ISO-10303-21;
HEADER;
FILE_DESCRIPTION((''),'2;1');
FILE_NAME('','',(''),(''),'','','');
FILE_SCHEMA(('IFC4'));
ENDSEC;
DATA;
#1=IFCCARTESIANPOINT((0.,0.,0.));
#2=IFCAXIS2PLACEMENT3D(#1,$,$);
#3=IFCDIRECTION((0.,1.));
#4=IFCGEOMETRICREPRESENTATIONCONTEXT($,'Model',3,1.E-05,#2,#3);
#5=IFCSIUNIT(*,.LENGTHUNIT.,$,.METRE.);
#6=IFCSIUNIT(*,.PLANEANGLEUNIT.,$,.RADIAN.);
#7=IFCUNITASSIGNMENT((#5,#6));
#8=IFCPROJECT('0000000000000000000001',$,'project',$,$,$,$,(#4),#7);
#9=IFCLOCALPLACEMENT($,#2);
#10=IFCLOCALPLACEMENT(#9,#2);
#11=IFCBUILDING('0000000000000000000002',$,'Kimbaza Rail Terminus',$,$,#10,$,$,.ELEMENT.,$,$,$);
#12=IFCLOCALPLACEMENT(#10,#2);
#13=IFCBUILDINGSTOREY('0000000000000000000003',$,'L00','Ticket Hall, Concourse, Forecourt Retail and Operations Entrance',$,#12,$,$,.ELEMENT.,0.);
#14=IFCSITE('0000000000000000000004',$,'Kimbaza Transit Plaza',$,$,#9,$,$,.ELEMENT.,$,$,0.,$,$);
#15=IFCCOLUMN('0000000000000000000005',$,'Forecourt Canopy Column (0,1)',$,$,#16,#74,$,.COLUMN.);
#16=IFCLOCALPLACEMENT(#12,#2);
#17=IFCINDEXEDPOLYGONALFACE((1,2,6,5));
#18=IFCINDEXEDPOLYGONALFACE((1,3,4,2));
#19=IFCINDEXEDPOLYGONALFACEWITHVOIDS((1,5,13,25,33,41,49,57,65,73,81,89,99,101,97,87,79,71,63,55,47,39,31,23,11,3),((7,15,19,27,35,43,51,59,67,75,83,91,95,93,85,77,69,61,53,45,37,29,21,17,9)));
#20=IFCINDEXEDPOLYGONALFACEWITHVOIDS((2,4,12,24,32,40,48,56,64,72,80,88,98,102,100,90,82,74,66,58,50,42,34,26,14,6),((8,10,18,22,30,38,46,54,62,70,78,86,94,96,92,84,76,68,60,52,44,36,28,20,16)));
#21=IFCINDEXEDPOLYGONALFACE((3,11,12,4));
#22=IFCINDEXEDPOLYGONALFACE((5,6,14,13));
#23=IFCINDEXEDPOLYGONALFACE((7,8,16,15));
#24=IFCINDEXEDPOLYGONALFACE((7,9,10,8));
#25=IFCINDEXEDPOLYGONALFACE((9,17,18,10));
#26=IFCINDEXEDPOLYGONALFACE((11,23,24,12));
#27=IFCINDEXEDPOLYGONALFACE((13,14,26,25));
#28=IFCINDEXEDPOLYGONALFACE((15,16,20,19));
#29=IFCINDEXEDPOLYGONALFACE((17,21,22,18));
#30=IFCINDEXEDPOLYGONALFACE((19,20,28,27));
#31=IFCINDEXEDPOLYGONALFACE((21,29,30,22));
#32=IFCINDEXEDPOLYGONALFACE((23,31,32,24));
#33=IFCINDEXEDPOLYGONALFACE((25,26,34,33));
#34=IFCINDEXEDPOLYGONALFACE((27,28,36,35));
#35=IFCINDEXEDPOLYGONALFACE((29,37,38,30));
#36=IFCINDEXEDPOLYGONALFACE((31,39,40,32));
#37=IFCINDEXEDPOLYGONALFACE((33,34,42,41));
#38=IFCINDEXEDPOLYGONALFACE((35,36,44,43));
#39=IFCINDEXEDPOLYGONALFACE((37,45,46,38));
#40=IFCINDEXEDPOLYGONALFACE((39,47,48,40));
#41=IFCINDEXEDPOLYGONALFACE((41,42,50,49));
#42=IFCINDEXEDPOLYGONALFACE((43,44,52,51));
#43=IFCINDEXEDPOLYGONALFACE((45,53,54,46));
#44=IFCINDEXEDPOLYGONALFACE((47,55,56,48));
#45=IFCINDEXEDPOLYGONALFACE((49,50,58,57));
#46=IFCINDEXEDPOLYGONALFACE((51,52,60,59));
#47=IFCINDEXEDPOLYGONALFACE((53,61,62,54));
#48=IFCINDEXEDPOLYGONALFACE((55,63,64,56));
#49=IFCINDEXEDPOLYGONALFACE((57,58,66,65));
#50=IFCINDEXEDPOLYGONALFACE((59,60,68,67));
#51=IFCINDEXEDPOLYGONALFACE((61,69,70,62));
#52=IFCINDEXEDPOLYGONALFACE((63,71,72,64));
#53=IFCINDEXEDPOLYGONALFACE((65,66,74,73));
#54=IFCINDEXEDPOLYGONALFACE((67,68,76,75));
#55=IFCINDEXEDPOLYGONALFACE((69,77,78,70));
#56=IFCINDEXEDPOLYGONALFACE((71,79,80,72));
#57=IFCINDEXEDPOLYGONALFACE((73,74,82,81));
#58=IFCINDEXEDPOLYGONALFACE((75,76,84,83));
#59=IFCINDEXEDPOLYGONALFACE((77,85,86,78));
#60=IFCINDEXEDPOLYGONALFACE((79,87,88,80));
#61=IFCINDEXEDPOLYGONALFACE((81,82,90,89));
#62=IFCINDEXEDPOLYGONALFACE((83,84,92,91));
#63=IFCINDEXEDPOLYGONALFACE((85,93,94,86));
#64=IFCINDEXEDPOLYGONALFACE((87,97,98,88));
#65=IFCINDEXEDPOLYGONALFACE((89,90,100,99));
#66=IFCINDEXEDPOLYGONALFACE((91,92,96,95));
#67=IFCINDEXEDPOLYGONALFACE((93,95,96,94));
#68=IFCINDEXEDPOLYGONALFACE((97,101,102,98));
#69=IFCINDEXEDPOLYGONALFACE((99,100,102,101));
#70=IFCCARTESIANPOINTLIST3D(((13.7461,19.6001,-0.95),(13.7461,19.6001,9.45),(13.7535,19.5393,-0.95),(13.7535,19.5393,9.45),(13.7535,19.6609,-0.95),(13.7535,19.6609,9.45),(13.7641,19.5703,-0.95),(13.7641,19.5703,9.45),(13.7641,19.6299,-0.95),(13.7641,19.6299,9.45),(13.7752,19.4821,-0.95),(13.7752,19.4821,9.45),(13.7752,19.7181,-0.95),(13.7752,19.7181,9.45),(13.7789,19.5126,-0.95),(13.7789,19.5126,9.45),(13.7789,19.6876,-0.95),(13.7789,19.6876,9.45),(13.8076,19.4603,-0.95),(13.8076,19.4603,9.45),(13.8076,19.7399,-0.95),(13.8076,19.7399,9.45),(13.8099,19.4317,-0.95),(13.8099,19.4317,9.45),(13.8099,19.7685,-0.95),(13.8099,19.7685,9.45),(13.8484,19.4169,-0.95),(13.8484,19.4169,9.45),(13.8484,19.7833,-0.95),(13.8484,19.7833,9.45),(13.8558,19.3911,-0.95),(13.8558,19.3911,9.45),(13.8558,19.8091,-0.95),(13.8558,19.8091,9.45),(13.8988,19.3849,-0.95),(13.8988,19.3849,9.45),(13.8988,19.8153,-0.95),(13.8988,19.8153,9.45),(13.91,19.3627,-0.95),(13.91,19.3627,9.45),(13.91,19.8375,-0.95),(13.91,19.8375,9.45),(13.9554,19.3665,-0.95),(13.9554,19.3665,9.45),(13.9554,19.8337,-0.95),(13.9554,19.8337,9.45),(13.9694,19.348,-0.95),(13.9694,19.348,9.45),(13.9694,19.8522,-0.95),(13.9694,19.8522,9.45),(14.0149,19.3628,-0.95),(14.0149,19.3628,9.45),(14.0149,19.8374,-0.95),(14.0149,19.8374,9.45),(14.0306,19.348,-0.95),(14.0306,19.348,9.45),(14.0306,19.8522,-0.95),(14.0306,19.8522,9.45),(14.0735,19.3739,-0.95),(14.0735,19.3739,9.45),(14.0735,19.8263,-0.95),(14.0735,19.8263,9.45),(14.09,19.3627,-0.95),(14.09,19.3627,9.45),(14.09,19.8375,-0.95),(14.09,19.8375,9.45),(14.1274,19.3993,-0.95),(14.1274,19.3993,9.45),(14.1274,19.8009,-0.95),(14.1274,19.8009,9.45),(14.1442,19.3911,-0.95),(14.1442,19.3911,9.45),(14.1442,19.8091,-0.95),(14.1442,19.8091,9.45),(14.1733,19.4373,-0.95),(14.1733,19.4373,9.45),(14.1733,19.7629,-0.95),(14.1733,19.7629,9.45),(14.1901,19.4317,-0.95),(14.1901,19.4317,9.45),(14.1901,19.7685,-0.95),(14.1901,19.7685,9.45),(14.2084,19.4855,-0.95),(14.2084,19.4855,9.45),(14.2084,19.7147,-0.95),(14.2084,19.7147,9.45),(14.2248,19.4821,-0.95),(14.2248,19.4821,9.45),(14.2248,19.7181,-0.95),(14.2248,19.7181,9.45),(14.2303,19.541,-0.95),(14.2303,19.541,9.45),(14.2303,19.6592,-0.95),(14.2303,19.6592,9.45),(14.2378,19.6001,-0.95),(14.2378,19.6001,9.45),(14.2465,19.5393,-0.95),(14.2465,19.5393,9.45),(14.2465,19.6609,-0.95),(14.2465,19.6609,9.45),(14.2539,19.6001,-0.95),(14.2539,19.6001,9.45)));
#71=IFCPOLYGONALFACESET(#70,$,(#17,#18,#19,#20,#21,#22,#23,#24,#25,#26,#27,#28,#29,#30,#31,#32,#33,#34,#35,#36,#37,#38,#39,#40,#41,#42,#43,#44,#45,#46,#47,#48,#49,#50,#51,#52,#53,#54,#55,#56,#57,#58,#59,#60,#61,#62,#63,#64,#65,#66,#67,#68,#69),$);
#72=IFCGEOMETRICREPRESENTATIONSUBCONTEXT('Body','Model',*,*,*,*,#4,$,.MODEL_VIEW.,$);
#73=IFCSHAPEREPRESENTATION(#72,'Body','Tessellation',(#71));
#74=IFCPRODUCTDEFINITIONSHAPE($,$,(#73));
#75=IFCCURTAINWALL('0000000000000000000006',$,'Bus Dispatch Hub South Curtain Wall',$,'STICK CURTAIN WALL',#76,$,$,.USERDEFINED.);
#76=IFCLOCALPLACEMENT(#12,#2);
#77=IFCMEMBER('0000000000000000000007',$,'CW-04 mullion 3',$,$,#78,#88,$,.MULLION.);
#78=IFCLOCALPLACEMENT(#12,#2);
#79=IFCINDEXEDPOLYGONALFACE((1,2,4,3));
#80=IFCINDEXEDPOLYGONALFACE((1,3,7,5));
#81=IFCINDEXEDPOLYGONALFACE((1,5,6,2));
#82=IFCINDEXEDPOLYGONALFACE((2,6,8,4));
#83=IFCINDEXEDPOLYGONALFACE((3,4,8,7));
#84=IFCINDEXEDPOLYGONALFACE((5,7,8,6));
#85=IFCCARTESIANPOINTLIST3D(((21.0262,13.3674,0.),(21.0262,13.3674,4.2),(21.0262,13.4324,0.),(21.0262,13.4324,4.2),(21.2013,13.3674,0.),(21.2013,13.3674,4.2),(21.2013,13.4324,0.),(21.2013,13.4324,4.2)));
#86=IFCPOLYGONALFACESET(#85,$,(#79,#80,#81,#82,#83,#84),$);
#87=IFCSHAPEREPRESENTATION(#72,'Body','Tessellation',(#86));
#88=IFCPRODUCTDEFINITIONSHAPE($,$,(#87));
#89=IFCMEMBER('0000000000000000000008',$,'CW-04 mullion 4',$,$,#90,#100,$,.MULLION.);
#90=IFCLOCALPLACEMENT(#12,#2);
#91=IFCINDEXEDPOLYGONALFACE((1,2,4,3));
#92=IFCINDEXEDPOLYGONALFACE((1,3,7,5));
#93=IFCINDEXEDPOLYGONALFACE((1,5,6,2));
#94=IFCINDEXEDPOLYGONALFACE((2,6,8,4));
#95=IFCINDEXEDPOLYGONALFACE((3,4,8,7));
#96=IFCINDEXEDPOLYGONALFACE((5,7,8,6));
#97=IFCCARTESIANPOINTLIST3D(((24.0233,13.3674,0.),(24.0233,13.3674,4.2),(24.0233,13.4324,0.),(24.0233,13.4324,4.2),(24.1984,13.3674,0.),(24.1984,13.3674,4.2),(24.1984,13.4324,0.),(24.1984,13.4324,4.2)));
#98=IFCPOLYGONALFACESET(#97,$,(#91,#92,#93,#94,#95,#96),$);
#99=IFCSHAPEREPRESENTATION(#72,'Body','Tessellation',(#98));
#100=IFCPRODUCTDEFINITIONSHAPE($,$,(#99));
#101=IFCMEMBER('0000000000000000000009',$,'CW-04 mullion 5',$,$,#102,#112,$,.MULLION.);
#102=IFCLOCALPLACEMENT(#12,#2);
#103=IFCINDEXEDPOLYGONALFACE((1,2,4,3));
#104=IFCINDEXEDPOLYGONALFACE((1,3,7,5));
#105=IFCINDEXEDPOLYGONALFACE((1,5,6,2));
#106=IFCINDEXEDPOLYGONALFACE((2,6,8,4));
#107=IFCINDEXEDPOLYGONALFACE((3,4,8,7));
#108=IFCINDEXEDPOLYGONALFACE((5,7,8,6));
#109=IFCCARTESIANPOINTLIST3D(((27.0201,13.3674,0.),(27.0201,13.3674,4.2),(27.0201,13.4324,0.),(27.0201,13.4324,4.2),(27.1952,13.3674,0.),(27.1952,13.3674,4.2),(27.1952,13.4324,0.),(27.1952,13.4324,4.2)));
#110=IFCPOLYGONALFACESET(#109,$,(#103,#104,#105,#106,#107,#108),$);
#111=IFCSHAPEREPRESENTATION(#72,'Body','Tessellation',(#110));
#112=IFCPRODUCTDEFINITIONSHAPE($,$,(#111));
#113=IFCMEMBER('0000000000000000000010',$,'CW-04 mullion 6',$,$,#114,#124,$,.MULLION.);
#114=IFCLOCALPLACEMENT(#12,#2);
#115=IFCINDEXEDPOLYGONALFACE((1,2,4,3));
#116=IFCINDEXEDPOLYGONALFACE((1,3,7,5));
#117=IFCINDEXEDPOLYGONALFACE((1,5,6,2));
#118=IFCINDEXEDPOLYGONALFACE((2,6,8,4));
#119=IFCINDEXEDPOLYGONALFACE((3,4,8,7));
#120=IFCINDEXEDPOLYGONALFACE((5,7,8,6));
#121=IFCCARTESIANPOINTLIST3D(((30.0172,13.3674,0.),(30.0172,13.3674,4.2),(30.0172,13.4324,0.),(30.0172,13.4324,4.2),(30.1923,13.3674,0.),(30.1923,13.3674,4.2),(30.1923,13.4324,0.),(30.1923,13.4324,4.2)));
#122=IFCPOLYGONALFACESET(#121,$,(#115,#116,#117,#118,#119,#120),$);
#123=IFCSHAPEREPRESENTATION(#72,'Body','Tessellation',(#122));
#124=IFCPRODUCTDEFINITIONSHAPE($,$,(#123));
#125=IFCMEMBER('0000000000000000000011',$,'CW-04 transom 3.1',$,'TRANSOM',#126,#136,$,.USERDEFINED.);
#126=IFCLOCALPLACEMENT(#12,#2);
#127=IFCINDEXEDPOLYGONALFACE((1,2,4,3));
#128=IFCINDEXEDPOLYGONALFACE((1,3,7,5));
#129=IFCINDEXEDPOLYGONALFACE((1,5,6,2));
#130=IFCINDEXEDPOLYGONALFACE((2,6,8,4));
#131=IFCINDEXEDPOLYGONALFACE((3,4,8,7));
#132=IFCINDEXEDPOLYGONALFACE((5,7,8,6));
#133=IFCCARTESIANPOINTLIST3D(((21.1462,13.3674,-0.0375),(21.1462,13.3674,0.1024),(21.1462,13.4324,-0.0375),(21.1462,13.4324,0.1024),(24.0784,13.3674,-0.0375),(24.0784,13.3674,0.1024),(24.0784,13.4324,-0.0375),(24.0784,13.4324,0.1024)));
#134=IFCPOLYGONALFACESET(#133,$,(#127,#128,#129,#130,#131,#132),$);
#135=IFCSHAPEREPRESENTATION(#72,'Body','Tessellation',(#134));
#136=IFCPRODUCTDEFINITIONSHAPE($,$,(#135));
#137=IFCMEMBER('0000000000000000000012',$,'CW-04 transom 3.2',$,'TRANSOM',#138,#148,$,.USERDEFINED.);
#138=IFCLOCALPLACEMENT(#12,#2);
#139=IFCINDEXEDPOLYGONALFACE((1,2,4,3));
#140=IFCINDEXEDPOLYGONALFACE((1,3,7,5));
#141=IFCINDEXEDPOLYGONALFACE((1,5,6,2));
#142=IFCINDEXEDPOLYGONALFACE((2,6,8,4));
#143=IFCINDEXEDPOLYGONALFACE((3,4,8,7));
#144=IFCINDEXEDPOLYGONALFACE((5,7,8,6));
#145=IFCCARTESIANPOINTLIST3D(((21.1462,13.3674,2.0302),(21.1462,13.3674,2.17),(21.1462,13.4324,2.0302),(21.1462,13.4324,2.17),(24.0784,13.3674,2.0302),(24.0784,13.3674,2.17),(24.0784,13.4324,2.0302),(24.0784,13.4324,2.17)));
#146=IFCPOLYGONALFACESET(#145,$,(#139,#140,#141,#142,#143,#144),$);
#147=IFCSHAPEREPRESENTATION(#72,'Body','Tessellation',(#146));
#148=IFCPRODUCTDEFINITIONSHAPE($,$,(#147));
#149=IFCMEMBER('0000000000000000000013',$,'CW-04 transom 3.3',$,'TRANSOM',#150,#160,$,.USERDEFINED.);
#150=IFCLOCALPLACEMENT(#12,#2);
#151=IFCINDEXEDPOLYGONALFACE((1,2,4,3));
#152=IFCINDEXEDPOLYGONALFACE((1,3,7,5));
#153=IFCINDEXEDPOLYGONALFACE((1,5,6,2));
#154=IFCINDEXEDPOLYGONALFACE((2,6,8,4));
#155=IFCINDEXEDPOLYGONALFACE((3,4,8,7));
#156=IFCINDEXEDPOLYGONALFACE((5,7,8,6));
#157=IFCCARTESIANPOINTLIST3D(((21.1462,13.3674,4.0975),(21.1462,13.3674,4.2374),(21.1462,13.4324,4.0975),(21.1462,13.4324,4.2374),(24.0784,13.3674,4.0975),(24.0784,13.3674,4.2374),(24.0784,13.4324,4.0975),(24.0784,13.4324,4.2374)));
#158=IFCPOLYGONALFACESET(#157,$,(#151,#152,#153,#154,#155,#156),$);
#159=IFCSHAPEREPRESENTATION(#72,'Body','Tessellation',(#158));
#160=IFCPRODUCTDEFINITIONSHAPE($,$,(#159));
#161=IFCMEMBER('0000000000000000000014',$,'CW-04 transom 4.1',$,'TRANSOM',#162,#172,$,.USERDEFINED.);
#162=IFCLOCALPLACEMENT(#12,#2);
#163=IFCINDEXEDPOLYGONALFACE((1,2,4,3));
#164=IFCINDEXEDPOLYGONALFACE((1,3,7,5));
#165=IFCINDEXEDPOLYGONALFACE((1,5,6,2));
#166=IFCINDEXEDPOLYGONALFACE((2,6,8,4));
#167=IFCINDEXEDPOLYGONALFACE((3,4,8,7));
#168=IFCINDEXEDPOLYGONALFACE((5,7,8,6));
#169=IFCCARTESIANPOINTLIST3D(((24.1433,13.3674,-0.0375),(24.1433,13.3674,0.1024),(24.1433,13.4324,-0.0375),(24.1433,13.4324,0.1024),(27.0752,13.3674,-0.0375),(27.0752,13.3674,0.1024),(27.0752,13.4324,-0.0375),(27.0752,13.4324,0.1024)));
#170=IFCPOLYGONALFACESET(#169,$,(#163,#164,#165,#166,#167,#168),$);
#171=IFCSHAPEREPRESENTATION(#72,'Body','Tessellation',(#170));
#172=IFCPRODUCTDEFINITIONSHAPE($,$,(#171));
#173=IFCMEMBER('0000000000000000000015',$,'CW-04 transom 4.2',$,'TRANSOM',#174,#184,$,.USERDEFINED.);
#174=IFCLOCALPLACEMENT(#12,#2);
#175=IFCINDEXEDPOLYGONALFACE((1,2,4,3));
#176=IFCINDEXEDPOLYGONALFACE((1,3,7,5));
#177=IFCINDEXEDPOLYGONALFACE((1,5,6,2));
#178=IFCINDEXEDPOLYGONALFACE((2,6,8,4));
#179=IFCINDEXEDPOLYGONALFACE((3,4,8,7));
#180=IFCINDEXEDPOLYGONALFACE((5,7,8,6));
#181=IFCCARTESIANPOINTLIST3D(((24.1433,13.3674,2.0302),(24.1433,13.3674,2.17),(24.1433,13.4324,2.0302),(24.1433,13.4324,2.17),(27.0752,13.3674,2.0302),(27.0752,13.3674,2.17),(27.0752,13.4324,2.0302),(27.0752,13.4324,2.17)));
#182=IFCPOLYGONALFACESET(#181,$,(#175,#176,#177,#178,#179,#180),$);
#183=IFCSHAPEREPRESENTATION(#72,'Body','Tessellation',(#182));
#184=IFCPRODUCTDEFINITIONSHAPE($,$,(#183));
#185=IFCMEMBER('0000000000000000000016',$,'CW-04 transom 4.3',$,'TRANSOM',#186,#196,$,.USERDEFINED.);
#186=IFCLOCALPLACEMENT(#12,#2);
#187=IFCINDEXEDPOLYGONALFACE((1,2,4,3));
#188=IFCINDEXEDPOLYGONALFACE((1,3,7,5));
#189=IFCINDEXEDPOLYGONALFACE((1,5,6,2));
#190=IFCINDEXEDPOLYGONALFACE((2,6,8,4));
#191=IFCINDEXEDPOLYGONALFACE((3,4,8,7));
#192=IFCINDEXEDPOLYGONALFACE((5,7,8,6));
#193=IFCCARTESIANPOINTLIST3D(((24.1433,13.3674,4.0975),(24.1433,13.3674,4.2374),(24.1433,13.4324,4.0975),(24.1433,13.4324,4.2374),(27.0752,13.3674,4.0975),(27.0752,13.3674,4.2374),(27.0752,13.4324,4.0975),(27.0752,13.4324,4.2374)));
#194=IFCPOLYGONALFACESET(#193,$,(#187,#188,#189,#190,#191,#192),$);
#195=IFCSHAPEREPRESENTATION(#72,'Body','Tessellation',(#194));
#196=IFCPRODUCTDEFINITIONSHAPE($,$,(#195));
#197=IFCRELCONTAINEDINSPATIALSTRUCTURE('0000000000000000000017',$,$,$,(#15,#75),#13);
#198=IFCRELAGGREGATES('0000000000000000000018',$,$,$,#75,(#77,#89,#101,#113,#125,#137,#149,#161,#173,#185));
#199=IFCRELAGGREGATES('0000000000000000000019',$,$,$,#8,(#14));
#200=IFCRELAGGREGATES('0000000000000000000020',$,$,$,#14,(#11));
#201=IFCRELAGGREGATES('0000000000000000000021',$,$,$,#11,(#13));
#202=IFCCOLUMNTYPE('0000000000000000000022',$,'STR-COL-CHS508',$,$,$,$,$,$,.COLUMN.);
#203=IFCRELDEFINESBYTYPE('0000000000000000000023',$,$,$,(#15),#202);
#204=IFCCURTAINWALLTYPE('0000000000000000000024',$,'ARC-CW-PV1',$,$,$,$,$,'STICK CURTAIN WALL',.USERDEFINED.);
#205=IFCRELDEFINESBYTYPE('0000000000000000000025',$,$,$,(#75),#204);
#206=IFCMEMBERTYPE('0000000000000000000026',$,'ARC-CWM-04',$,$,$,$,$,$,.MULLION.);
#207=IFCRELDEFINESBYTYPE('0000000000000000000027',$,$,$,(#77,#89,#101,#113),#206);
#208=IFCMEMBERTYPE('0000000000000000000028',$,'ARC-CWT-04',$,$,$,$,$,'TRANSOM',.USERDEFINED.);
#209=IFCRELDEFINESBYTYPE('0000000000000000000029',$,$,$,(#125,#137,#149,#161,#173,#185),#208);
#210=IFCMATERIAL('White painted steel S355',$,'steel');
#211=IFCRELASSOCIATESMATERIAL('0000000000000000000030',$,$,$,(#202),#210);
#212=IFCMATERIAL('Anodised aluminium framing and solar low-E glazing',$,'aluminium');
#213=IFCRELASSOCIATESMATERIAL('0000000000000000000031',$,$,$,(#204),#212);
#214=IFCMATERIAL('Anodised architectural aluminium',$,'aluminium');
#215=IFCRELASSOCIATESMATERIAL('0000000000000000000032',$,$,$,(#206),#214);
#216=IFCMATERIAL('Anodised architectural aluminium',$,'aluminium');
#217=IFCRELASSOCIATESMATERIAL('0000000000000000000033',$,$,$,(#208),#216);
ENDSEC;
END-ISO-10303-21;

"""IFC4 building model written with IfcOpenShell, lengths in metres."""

from ifc_helpers import new_model, si_unit, direction, frame, origin, origin_2d, place, context, subcontext, project, spatial, rectangle, hollow_circle, extrude, material, material_profile, profile_set, type_object, element, aggregate, save


model = new_model("IFC4")

# Units and contexts
model_context = context("Model", 3, precision=1e-05, world=origin(), true_north=direction((0.0, 1.0)))
body_context = subcontext(model_context, "Body", "Model", "MODEL_VIEW")
ifc_project = project(units=[si_unit("LENGTHUNIT", "METRE"), si_unit("PLANEANGLEUNIT", "RADIAN")], contexts=[model_context])

# Site, building, storey
site_placement = place(None, origin())
site = spatial("IfcSite", under=ifc_project, at=site_placement, Name="Kimbaza Transit Plaza", CompositionType="ELEMENT", RefElevation=0.0)
building_placement = place(site_placement, origin())
building = spatial("IfcBuilding", under=site, at=building_placement, Name="Kimbaza Rail Terminus", CompositionType="ELEMENT")
storey_placement = place(building_placement, origin())
storey = spatial("IfcBuildingStorey", under=building, at=storey_placement, Name="L00", Description="Ticket Hall, Concourse, Forecourt Retail and Operations Entrance", CompositionType="ELEMENT", Elevation=0.0)

# Column
ifc_material_1 = material(Name="White painted steel S355", Category="steel")
ifc_material_profile_1 = material_profile(ifc_material_1, hollow_circle(Radius=0.2539, WallThickness=0.0161, at=origin_2d()), Name="CHS 508x16")
ifc_profile_set_1 = profile_set([ifc_material_profile_1], Name="White painted steel S355")
column_type = type_object("IfcColumnType", Name="STR-COL-CHS508", PredefinedType="COLUMN", material=ifc_profile_set_1)
column_placement = place(storey_placement, frame((14.0, 19.6001, -0.95), z_axis=(0.0, 0.0, 1.0), x_axis=(1.0, 0.0, 0.0)))
element("IfcColumn", 1, at=column_placement, inside=storey, type_object=column_type, Name="Forecourt Canopy Column (0,1)", PredefinedType="COLUMN", context=body_context, shape_type="SweptSolid", body=[
    extrude(hollow_circle(Radius=0.2539, WallThickness=0.0161, at=origin_2d()), origin(), (0.0, 0.0, 1.0), 10.3999),
])

# Curtain wall, members
ifc_material_2 = material(Name="Anodised aluminium framing and solar low-E glazing", Category="aluminium")
curtain_wall_type = type_object("IfcCurtainWallType", Name="ARC-CW-PV1", ElementType="STICK CURTAIN WALL", PredefinedType="USERDEFINED", material=ifc_material_2)
curtain_wall_placement = place(storey_placement, origin())
curtain_wall = element("IfcCurtainWall", 2, at=curtain_wall_placement, inside=storey, type_object=curtain_wall_type, Name="Bus Dispatch Hub South Curtain Wall", ObjectType="STICK CURTAIN WALL", PredefinedType="USERDEFINED")
ifc_material_3 = material(Name="Anodised architectural aluminium", Category="aluminium")
ifc_material_profile_2 = material_profile(ifc_material_3, rectangle(XDim=0.0649, YDim=0.175, at=origin_2d()), Name="MULLION 65x175")
ifc_profile_set_2 = profile_set([ifc_material_profile_2], Name="Anodised architectural aluminium")
member_type_1 = type_object("IfcMemberType", Name="ARC-CWM-04", PredefinedType="MULLION", material=ifc_profile_set_2)
member_1_placement = place(storey_placement, frame((21.1138, 13.3999, 0.0), z_axis=(0.0, 0.0, 1.0), x_axis=(0.0, 1.0, 0.0)))
member_1 = element("IfcMember", 3, at=member_1_placement, type_object=member_type_1, Name="CW-04 mullion 3", PredefinedType="MULLION", context=body_context, shape_type="SweptSolid", body=[
    extrude(rectangle(XDim=0.0649, YDim=0.175, at=origin_2d()), origin(), (0.0, 0.0, 1.0), 4.2),
])
member_2_placement = place(storey_placement, frame((24.1108, 13.3999, 0.0), z_axis=(0.0, 0.0, 1.0), x_axis=(0.0, 1.0, 0.0)))
member_2 = element("IfcMember", 4, at=member_2_placement, type_object=member_type_1, Name="CW-04 mullion 4", PredefinedType="MULLION", context=body_context, shape_type="SweptSolid", body=[
    extrude(rectangle(XDim=0.0649, YDim=0.175, at=origin_2d()), origin(), (0.0, 0.0, 1.0), 4.2),
])
member_3_placement = place(storey_placement, frame((27.1077, 13.3999, 0.0), z_axis=(0.0, 0.0, 1.0), x_axis=(0.0, 1.0, 0.0)))
member_3 = element("IfcMember", 5, at=member_3_placement, type_object=member_type_1, Name="CW-04 mullion 5", PredefinedType="MULLION", context=body_context, shape_type="SweptSolid", body=[
    extrude(rectangle(XDim=0.0649, YDim=0.175, at=origin_2d()), origin(), (0.0, 0.0, 1.0), 4.2),
])
member_4_placement = place(storey_placement, frame((30.1047, 13.3999, 0.0), z_axis=(0.0, 0.0, 1.0), x_axis=(0.0, 1.0, 0.0)))
member_4 = element("IfcMember", 6, at=member_4_placement, type_object=member_type_1, Name="CW-04 mullion 6", PredefinedType="MULLION", context=body_context, shape_type="SweptSolid", body=[
    extrude(rectangle(XDim=0.0649, YDim=0.175, at=origin_2d()), origin(), (0.0, 0.0, 1.0), 4.2),
])
ifc_material_4 = material(Name="Anodised architectural aluminium", Category="aluminium")
ifc_material_profile_3 = material_profile(ifc_material_4, rectangle(XDim=0.0649, YDim=0.1399, at=origin_2d()), Name="TRANSOM 65x140")
ifc_profile_set_3 = profile_set([ifc_material_profile_3], Name="Anodised architectural aluminium")
member_type_2 = type_object("IfcMemberType", Name="ARC-CWT-04", ElementType="TRANSOM", PredefinedType="USERDEFINED", material=ifc_profile_set_3)
member_5_placement = place(storey_placement, frame((21.1462, 13.3999, 0.0325), z_axis=(1.0, 0.0, 0.0), x_axis=(0.0, 1.0, 0.0)))
member_5 = element("IfcMember", 7, at=member_5_placement, type_object=member_type_2, Name="CW-04 transom 3.1", ObjectType="TRANSOM", PredefinedType="USERDEFINED", context=body_context, shape_type="SweptSolid", body=[
    extrude(rectangle(XDim=0.0649, YDim=0.1399, at=origin_2d()), origin(), (0.0, 0.0, 1.0), 2.9321),
])
member_6_placement = place(storey_placement, frame((21.1462, 13.3999, 2.1001), z_axis=(1.0, 0.0, 0.0), x_axis=(0.0, 1.0, 0.0)))
member_6 = element("IfcMember", 8, at=member_6_placement, type_object=member_type_2, Name="CW-04 transom 3.2", ObjectType="TRANSOM", PredefinedType="USERDEFINED", context=body_context, shape_type="SweptSolid", body=[
    extrude(rectangle(XDim=0.0649, YDim=0.1399, at=origin_2d()), origin(), (0.0, 0.0, 1.0), 2.9321),
])
member_7_placement = place(storey_placement, frame((21.1462, 13.3999, 4.1675), z_axis=(1.0, 0.0, 0.0), x_axis=(0.0, 1.0, 0.0)))
member_7 = element("IfcMember", 9, at=member_7_placement, type_object=member_type_2, Name="CW-04 transom 3.3", ObjectType="TRANSOM", PredefinedType="USERDEFINED", context=body_context, shape_type="SweptSolid", body=[
    extrude(rectangle(XDim=0.0649, YDim=0.1399, at=origin_2d()), origin(), (0.0, 0.0, 1.0), 2.9321),
])
member_8_placement = place(storey_placement, frame((24.1433, 13.3999, 0.0325), z_axis=(1.0, 0.0, 0.0), x_axis=(0.0, 1.0, 0.0)))
member_8 = element("IfcMember", 10, at=member_8_placement, type_object=member_type_2, Name="CW-04 transom 4.1", ObjectType="TRANSOM", PredefinedType="USERDEFINED", context=body_context, shape_type="SweptSolid", body=[
    extrude(rectangle(XDim=0.0649, YDim=0.1399, at=origin_2d()), origin(), (0.0, 0.0, 1.0), 2.9319),
])
member_9_placement = place(storey_placement, frame((24.1433, 13.3999, 2.1001), z_axis=(1.0, 0.0, 0.0), x_axis=(0.0, 1.0, 0.0)))
member_9 = element("IfcMember", 11, at=member_9_placement, type_object=member_type_2, Name="CW-04 transom 4.2", ObjectType="TRANSOM", PredefinedType="USERDEFINED", context=body_context, shape_type="SweptSolid", body=[
    extrude(rectangle(XDim=0.0649, YDim=0.1399, at=origin_2d()), origin(), (0.0, 0.0, 1.0), 2.9319),
])
member_10_placement = place(storey_placement, frame((24.1433, 13.3999, 4.1675), z_axis=(1.0, 0.0, 0.0), x_axis=(0.0, 1.0, 0.0)))
member_10 = element("IfcMember", 12, at=member_10_placement, type_object=member_type_2, Name="CW-04 transom 4.3", ObjectType="TRANSOM", PredefinedType="USERDEFINED", context=body_context, shape_type="SweptSolid", body=[
    extrude(rectangle(XDim=0.0649, YDim=0.1399, at=origin_2d()), origin(), (0.0, 0.0, 1.0), 2.9319),
])
aggregate(curtain_wall, [member_1, member_2, member_3, member_4, member_5, member_6, member_7, member_8, member_9, member_10])

save(model, "model.ifc")
